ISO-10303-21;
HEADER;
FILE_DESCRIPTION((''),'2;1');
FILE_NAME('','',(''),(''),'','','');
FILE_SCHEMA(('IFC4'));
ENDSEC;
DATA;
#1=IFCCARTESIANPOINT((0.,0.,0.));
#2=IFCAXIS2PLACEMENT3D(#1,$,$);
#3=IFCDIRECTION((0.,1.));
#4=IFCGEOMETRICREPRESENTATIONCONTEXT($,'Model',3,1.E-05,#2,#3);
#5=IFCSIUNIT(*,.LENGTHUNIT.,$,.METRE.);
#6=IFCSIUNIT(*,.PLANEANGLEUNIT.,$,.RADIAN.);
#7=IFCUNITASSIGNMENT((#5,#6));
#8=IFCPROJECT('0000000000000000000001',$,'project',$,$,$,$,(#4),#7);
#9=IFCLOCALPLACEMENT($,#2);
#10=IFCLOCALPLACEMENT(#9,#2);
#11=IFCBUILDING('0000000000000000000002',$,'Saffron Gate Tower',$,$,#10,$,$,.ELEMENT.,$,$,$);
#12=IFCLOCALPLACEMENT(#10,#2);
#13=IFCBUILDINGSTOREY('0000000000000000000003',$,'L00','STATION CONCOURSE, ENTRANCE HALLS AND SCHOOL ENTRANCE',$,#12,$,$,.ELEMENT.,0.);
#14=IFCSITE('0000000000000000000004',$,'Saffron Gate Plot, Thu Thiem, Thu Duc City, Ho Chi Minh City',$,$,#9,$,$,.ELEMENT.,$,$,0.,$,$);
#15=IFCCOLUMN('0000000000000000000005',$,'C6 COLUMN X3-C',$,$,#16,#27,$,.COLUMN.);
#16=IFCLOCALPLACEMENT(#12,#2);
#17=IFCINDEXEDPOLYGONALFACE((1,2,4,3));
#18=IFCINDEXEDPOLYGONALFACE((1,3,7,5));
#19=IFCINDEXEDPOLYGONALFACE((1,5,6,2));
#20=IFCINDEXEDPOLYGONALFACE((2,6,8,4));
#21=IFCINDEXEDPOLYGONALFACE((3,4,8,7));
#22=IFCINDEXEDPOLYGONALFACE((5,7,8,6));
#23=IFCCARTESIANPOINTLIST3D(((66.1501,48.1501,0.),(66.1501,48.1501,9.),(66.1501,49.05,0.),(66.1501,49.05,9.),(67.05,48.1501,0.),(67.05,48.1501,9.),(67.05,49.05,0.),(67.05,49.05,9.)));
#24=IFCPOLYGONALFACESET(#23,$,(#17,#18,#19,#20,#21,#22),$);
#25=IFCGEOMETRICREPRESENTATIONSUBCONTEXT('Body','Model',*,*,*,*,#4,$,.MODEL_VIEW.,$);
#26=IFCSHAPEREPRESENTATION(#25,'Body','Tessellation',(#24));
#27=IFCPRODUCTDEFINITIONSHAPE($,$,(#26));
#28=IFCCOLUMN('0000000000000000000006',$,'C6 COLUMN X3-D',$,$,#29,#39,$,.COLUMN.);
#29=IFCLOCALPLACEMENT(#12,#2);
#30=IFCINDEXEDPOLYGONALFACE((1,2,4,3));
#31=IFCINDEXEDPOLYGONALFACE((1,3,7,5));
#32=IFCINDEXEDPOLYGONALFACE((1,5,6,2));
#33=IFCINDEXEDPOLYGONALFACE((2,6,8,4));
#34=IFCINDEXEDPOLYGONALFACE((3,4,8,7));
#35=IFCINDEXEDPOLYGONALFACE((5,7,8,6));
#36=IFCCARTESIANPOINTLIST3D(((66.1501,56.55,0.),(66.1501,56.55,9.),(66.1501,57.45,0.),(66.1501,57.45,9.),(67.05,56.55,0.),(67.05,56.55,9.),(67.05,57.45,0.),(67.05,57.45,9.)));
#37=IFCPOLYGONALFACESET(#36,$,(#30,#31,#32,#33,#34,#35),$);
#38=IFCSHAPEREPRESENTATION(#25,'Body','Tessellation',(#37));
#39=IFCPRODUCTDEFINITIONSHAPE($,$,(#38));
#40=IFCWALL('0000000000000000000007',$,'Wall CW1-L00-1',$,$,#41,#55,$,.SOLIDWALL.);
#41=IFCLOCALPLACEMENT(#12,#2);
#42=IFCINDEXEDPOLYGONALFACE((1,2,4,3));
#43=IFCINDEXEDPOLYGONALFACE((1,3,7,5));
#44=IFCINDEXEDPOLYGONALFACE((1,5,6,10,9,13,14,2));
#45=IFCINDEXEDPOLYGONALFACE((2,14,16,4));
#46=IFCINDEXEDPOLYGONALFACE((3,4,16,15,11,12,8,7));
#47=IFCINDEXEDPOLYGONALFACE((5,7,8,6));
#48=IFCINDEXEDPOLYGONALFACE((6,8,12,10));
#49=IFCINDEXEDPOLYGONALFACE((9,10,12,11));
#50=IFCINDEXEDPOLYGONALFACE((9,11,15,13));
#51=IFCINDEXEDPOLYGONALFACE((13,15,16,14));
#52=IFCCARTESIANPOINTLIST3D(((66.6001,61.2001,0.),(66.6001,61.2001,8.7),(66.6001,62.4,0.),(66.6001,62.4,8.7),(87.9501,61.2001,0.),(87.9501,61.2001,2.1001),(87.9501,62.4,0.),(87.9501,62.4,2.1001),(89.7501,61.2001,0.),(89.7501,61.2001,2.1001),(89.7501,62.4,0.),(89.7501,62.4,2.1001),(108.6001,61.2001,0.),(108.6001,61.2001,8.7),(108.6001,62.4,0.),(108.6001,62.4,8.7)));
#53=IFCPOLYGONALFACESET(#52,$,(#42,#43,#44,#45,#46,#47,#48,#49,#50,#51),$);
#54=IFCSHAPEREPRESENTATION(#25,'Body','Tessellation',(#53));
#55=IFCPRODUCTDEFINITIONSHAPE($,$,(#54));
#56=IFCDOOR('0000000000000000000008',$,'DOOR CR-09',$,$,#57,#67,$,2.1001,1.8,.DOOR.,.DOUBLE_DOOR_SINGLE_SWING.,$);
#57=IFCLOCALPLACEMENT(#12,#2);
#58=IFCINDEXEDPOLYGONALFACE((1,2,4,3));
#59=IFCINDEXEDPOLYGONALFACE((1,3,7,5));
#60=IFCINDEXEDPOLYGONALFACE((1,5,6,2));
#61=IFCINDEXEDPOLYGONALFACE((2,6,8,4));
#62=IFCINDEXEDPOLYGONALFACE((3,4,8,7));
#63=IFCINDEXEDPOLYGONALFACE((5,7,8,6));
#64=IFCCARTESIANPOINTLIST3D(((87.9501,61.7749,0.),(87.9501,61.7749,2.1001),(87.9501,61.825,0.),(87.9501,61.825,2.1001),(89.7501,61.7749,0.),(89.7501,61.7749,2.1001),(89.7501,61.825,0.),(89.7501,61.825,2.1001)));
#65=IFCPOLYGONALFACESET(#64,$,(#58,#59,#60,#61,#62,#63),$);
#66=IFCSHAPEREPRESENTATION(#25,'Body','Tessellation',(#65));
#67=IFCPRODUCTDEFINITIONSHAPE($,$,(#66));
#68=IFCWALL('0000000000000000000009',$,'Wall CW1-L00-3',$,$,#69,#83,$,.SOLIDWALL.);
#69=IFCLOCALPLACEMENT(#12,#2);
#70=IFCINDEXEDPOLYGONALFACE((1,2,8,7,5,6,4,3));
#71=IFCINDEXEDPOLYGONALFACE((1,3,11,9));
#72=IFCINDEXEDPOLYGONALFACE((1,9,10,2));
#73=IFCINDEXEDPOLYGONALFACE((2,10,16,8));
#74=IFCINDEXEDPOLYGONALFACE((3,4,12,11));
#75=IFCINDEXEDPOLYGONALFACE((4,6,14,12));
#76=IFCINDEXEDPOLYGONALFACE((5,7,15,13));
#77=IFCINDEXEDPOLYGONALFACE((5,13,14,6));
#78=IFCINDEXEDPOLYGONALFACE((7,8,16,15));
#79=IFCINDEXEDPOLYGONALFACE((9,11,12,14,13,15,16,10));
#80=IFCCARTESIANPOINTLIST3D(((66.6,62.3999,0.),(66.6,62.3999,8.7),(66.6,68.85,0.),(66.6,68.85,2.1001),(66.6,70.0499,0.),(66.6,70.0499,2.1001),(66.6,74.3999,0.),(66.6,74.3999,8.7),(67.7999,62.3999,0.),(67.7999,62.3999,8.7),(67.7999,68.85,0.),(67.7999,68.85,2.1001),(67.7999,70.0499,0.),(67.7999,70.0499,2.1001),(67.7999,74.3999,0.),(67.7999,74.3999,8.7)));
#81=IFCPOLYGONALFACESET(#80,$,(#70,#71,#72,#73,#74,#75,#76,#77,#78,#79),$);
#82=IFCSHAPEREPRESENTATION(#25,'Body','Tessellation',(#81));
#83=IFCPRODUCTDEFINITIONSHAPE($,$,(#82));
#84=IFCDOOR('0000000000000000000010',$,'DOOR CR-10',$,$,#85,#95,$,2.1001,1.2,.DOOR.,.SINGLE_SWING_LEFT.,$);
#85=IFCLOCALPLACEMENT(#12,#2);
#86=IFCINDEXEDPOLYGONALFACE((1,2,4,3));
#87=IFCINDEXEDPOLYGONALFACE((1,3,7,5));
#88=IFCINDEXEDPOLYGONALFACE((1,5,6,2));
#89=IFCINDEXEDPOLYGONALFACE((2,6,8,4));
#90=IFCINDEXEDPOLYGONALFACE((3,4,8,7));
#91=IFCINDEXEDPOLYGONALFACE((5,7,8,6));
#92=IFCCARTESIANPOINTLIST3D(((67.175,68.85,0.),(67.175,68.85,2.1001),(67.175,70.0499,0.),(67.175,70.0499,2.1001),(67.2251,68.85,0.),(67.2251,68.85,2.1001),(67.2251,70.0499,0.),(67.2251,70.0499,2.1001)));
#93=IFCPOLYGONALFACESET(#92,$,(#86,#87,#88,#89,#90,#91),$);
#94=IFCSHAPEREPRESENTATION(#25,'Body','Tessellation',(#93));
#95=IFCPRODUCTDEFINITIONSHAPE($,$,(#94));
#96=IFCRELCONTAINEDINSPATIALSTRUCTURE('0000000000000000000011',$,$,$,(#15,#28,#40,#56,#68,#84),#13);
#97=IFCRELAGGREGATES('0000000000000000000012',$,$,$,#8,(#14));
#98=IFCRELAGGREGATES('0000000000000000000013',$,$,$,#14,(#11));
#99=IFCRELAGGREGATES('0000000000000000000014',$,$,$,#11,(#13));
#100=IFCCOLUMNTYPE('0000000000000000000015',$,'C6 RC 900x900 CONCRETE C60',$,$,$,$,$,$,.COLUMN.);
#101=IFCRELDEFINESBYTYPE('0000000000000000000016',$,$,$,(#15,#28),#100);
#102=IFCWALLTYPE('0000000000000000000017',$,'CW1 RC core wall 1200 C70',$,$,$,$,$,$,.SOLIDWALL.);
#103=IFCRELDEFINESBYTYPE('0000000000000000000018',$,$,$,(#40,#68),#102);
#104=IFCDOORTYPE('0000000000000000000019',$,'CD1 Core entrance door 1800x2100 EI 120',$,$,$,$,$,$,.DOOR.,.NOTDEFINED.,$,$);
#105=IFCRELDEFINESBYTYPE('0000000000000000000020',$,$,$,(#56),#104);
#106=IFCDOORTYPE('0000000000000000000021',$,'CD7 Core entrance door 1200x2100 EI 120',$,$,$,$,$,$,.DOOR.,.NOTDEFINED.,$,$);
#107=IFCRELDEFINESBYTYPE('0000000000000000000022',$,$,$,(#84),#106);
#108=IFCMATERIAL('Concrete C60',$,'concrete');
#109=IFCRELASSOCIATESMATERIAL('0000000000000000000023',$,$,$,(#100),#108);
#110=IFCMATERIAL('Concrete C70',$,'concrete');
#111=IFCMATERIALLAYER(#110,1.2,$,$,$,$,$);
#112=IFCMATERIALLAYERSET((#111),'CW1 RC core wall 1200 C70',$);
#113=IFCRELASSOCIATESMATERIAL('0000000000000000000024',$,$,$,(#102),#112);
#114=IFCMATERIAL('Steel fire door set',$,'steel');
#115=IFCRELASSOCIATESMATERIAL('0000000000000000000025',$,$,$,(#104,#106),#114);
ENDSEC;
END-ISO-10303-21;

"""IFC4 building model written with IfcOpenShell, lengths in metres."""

from ifc_helpers import new_model, si_unit, direction, frame, frame_2d, origin, origin_2d, place, context, subcontext, project, spatial, rectangle, extrude, material, layer, layer_set, material_profile, profile_set, type_object, element, fill, save


model = new_model("IFC4")

# Units and contexts
model_context = context("Model", 3, precision=1e-05, world=origin(), true_north=direction((0.0, 1.0)))
body_context = subcontext(model_context, "Body", "Model", "MODEL_VIEW")
ifc_project = project(units=[si_unit("LENGTHUNIT", "METRE"), si_unit("PLANEANGLEUNIT", "RADIAN")], contexts=[model_context])

# Site, building, storey
site_placement = place(None, origin())
site = spatial("IfcSite", under=ifc_project, at=site_placement, Name="Saffron Gate Plot, Thu Thiem, Thu Duc City, Ho Chi Minh City", CompositionType="ELEMENT", RefElevation=0.0)
building_placement = place(site_placement, origin())
building = spatial("IfcBuilding", under=site, at=building_placement, Name="Saffron Gate Tower", CompositionType="ELEMENT")
storey_placement = place(building_placement, origin())
storey = spatial("IfcBuildingStorey", under=building, at=storey_placement, Name="L00", Description="STATION CONCOURSE, ENTRANCE HALLS AND SCHOOL ENTRANCE", CompositionType="ELEMENT", Elevation=0.0)

# Columns
ifc_material_1 = material(Name="Concrete C60", Category="concrete")
ifc_material_profile = material_profile(ifc_material_1, rectangle(XDim=0.8999, YDim=0.8999, at=origin_2d()))
ifc_profile_set = profile_set([ifc_material_profile], Name="Concrete C60")
column_type = type_object("IfcColumnType", Name="C6 RC 900x900 CONCRETE C60", PredefinedType="COLUMN", material=ifc_profile_set)
for number, where, z_axis, x_axis, name in (
    (1, (66.6001, 48.6001, 0.0), (0.0, 0.0, 1.0), (1.0, 0.0, 0.0), "C6 COLUMN X3-C"),
    (2, (66.6001, 57.0, 0.0), (0.0, 0.0, 1.0), (1.0, 0.0, 0.0), "C6 COLUMN X3-D"),
):
    element("IfcColumn", number, at=place(storey_placement, frame(where, z_axis=z_axis, x_axis=x_axis)), inside=storey, type_object=column_type, Name=name, PredefinedType="COLUMN", context=body_context, shape_type="SweptSolid", body=[
        extrude(rectangle(XDim=0.8999, YDim=0.8999, at=origin_2d()), origin(), (0.0, 0.0, 1.0), 9.0),
    ])

# Walls, openings, doors
ifc_material_2 = material(Name="Concrete C70", Category="concrete")
ifc_layer_1 = layer(ifc_material_2, 1.2)
ifc_layer_set_1 = layer_set([ifc_layer_1], Name="CW1 RC core wall 1200 C70")
wall_type_1 = type_object("IfcWallType", Name="CW1 RC core wall 1200 C70", PredefinedType="SOLIDWALL", material=ifc_layer_set_1)
wall_1_placement = place(storey_placement, frame((66.6001, 61.8, 0.0), z_axis=(0.0, 0.0, 1.0), x_axis=(1.0, 0.0, 0.0)))
wall_1 = element("IfcWall", 3, at=wall_1_placement, inside=storey, type_object=wall_type_1, Name="Wall CW1-L00-1", PredefinedType="SOLIDWALL", context=body_context, shape_type="SweptSolid", body=[
    extrude(rectangle(XDim=42.0, YDim=1.2, at=frame_2d((21.0, 0.0))), origin(), (0.0, 0.0, 1.0), 8.7),
])
opening_1_placement = place(wall_1_placement, frame((21.3501, 0.0, 0.0)))
opening_1 = element("IfcOpeningElement", 4, at=opening_1_placement, cuts=wall_1, PredefinedType="OPENING", context=body_context, shape_type="SweptSolid", body=[
    extrude(rectangle(XDim=1.8, YDim=2.1001, at=frame_2d((0.8999, 1.05))), frame((0.0, 0.6099, 0.0), z_axis=(0.0, -1.0, 0.0), x_axis=(1.0, 0.0, 0.0)), (0.0, 0.0, 1.0), 1.22),
])
ifc_material_3 = material(Name="Steel fire door set", Category="steel")
door_type_1 = type_object("IfcDoorType", Name="CD1 Core entrance door 1800x2100 EI 120", OperationType="NOTDEFINED", PredefinedType="DOOR", material=ifc_material_3)
door_1_placement = place(opening_1_placement, origin())
door_1 = element("IfcDoor", 5, at=door_1_placement, inside=storey, type_object=door_type_1, Name="DOOR CR-09", OperationType="DOUBLE_DOOR_SINGLE_SWING", OverallHeight=2.1001, OverallWidth=1.8, PredefinedType="DOOR", context=body_context, shape_type="SweptSolid", body=[
    extrude(rectangle(XDim=1.8, YDim=2.1001, at=frame_2d((0.8999, 1.05))), frame((0.0, 0.0249, 0.0), z_axis=(0.0, -1.0, 0.0), x_axis=(1.0, 0.0, 0.0)), (0.0, 0.0, 1.0), 0.05),
])
fill(opening_1, door_1)
wall_2_placement = place(storey_placement, frame((67.2, 62.3999, 0.0), z_axis=(0.0, 0.0, 1.0), x_axis=(0.0, 1.0, 0.0)))
wall_2 = element("IfcWall", 6, at=wall_2_placement, inside=storey, type_object=wall_type_1, Name="Wall CW1-L00-3", PredefinedType="SOLIDWALL", context=body_context, shape_type="SweptSolid", body=[
    extrude(rectangle(XDim=12.0, YDim=1.2, at=frame_2d((6.0, 0.0))), origin(), (0.0, 0.0, 1.0), 8.7),
])
opening_2_placement = place(wall_2_placement, frame((6.45, 0.0, 0.0)))
opening_2 = element("IfcOpeningElement", 7, at=opening_2_placement, cuts=wall_2, PredefinedType="OPENING", context=body_context, shape_type="SweptSolid", body=[
    extrude(rectangle(XDim=1.2, YDim=2.1001, at=frame_2d((0.6001, 1.05))), frame((0.0, 0.6099, 0.0), z_axis=(0.0, -1.0, 0.0), x_axis=(1.0, 0.0, 0.0)), (0.0, 0.0, 1.0), 1.22),
])
door_type_2 = type_object("IfcDoorType", Name="CD7 Core entrance door 1200x2100 EI 120", OperationType="NOTDEFINED", PredefinedType="DOOR", material=ifc_material_3)
door_2_placement = place(opening_2_placement, origin())
door_2 = element("IfcDoor", 8, at=door_2_placement, inside=storey, type_object=door_type_2, Name="DOOR CR-10", OperationType="SINGLE_SWING_LEFT", OverallHeight=2.1001, OverallWidth=1.2, PredefinedType="DOOR", context=body_context, shape_type="SweptSolid", body=[
    extrude(rectangle(XDim=1.2, YDim=2.1001, at=frame_2d((0.6001, 1.05))), frame((0.0, 0.0249, 0.0), z_axis=(0.0, -1.0, 0.0), x_axis=(1.0, 0.0, 0.0)), (0.0, 0.0, 1.0), 0.05),
])
fill(opening_2, door_2)

save(model, "model.ifc")
